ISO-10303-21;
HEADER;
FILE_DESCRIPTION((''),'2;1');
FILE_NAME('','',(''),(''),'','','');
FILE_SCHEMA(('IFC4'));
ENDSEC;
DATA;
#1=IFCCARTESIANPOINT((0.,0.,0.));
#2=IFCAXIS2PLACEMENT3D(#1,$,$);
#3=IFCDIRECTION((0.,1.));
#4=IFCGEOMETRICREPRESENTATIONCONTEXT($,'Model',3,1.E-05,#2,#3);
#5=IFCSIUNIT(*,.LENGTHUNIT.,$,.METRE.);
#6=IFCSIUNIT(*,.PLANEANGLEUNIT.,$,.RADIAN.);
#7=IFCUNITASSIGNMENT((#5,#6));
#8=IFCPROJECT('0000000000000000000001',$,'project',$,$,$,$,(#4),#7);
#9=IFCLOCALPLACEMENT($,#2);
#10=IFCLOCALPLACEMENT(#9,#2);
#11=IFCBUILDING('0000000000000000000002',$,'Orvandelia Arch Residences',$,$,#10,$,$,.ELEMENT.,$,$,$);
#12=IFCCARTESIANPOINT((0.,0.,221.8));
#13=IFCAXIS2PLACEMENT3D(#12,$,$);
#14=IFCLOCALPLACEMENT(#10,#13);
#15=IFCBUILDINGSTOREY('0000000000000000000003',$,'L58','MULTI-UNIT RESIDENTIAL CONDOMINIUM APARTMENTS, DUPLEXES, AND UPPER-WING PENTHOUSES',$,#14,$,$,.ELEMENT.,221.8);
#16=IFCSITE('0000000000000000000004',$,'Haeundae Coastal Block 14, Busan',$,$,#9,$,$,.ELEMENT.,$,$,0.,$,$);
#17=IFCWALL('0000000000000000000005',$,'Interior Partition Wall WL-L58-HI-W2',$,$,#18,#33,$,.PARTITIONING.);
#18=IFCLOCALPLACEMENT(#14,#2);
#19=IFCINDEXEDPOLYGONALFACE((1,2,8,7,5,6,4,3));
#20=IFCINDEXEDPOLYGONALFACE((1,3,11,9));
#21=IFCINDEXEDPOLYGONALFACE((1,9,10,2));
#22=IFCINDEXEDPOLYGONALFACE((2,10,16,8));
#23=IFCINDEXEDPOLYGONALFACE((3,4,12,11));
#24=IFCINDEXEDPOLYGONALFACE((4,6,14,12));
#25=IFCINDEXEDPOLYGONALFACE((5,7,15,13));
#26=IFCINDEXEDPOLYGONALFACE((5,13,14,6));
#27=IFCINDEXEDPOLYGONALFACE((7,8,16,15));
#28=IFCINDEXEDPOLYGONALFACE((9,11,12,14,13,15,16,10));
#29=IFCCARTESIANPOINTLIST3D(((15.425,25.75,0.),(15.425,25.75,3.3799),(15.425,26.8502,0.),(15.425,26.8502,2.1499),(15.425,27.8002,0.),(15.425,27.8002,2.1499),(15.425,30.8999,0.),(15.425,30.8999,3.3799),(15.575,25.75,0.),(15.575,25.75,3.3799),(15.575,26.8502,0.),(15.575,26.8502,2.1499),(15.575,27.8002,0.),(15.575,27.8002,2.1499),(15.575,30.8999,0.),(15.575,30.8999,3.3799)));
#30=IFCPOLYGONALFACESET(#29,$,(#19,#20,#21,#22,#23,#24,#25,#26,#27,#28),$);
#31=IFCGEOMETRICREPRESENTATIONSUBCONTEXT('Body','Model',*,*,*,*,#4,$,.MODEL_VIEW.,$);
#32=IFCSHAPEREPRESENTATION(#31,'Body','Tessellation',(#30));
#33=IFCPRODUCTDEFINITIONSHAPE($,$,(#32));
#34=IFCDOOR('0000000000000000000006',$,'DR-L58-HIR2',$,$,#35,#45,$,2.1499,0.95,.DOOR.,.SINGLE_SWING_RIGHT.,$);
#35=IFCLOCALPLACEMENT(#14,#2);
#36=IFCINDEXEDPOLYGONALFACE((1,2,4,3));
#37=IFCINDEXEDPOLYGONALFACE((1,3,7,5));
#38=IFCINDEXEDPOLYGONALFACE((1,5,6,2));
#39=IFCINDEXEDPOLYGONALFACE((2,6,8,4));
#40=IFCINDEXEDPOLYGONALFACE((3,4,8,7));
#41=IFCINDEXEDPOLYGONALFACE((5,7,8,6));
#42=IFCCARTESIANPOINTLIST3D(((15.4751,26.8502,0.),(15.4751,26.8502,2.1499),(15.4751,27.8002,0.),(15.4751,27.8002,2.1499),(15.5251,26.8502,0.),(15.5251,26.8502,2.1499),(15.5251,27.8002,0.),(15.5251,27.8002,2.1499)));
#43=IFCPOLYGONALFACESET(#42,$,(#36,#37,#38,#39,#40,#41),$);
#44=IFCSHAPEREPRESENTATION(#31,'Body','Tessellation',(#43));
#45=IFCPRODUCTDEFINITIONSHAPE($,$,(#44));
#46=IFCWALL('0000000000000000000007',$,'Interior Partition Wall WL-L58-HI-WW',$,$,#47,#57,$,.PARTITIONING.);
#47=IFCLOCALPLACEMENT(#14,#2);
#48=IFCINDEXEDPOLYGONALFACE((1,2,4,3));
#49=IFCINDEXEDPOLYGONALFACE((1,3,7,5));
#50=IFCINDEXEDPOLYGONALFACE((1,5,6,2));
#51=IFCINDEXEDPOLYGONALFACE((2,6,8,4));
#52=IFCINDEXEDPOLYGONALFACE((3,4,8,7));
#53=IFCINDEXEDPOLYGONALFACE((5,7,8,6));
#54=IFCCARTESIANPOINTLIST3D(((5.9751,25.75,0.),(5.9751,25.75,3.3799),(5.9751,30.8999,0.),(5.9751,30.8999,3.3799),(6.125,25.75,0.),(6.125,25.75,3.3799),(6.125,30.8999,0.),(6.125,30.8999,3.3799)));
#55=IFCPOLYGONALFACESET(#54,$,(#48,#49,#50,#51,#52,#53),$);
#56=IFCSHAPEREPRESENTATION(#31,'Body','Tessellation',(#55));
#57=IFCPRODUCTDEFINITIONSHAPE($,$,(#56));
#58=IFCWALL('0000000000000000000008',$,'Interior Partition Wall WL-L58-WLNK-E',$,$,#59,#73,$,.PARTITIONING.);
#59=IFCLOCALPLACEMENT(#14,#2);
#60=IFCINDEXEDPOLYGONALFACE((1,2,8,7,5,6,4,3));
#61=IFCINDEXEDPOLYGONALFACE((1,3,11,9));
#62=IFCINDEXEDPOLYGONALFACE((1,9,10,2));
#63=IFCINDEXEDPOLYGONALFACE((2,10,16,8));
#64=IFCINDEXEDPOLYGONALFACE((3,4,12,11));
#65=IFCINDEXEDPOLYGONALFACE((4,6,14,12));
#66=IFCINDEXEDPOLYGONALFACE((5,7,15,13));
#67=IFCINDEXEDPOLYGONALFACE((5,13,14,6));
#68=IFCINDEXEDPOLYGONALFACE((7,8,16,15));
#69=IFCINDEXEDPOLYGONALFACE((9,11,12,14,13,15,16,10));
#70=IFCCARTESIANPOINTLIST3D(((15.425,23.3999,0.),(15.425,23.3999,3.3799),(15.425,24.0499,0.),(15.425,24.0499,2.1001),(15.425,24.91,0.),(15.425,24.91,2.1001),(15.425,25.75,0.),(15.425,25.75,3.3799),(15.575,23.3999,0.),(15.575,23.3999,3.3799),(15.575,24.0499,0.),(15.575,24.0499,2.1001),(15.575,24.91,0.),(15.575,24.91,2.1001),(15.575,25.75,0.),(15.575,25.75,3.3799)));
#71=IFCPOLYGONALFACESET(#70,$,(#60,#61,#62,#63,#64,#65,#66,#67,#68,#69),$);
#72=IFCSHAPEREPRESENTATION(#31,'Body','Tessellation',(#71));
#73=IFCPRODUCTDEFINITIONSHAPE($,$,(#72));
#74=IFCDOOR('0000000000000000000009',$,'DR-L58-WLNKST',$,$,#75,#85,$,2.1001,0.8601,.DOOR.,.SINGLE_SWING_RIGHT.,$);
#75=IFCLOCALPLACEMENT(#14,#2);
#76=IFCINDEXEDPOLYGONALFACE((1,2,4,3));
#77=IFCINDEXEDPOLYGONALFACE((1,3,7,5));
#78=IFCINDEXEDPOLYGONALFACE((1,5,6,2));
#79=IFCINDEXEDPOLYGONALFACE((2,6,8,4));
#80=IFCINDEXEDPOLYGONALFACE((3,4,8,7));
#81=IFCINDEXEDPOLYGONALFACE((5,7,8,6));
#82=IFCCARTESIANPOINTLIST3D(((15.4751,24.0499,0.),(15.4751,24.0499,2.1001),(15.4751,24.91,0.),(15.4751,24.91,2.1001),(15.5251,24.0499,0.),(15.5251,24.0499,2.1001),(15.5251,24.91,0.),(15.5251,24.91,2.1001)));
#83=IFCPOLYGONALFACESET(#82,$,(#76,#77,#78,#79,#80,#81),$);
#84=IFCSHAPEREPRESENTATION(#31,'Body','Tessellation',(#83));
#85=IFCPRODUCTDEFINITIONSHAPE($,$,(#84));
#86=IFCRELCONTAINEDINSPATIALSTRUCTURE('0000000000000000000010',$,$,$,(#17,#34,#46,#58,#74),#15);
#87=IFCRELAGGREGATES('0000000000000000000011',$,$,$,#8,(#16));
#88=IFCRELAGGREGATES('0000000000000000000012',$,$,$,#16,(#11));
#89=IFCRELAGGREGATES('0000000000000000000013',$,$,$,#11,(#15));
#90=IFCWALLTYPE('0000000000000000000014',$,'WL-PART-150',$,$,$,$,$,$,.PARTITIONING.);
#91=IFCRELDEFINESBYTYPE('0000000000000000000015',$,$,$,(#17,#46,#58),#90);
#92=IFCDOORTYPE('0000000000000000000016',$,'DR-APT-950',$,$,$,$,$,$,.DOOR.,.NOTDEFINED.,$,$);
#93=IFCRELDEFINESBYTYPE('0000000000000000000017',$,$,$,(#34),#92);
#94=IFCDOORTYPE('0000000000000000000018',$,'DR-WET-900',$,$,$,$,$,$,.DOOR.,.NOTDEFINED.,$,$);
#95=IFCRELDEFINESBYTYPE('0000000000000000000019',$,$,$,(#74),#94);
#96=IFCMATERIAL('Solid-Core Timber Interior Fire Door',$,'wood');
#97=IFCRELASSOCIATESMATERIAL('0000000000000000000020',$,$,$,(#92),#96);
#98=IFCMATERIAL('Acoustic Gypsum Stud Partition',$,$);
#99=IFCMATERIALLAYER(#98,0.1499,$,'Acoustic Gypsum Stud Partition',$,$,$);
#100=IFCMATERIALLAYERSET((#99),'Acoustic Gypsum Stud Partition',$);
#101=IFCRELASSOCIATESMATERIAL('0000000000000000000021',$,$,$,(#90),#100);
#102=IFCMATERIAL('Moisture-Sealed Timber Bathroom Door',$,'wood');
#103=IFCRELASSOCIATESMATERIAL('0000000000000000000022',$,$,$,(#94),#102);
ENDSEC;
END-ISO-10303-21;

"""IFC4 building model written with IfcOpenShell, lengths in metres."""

from ifc_helpers import new_model, si_unit, direction, frame, frame_2d, origin, place, context, subcontext, project, spatial, rectangle, extrude, material, layer, layer_set, type_object, element, fill, save


model = new_model("IFC4")

# Units and contexts
model_context = context("Model", 3, precision=1e-05, world=origin(), true_north=direction((0.0, 1.0)))
body_context = subcontext(model_context, "Body", "Model", "MODEL_VIEW")
ifc_project = project(units=[si_unit("LENGTHUNIT", "METRE"), si_unit("PLANEANGLEUNIT", "RADIAN")], contexts=[model_context])

# Site, building, storey
site_placement = place(None, origin())
site = spatial("IfcSite", under=ifc_project, at=site_placement, Name="Haeundae Coastal Block 14, Busan", CompositionType="ELEMENT", RefElevation=0.0)
building_placement = place(site_placement, origin())
building = spatial("IfcBuilding", under=site, at=building_placement, Name="Orvandelia Arch Residences", CompositionType="ELEMENT")
storey_placement = place(building_placement, frame((0.0, 0.0, 221.8)))
storey = spatial("IfcBuildingStorey", under=building, at=storey_placement, Name="L58", Description="MULTI-UNIT RESIDENTIAL CONDOMINIUM APARTMENTS, DUPLEXES, AND UPPER-WING PENTHOUSES", CompositionType="ELEMENT", Elevation=221.8)

# Shared definitions
ifc_material_1 = material(Name="Solid-Core Timber Interior Fire Door", Category="wood")
door_type_1 = type_object("IfcDoorType", Name="DR-APT-950", OperationType="NOTDEFINED", PredefinedType="DOOR", material=ifc_material_1)

# Wall, opening, door
ifc_material_2 = material(Name="Acoustic Gypsum Stud Partition")
ifc_layer_1 = layer(ifc_material_2, 0.1499, Name="Acoustic Gypsum Stud Partition")
ifc_layer_set_1 = layer_set([ifc_layer_1], Name="Acoustic Gypsum Stud Partition")
wall_type_1 = type_object("IfcWallType", Name="WL-PART-150", PredefinedType="PARTITIONING", material=ifc_layer_set_1)
wall_1_placement = place(storey_placement, frame((15.5, 25.75, 0.0), z_axis=(0.0, 0.0, 1.0), x_axis=(0.0, 1.0, 0.0)))
wall_1 = element("IfcWall", 1, at=wall_1_placement, inside=storey, type_object=wall_type_1, Name="Interior Partition Wall WL-L58-HI-W2", PredefinedType="PARTITIONING", context=body_context, shape_type="SweptSolid", body=[
    extrude(rectangle(XDim=5.1499, YDim=0.1499, at=frame_2d((2.575, 0.0))), origin(), (0.0, 0.0, 1.0), 3.3799),
])
opening_1_placement = place(wall_1_placement, frame((1.1001, 0.0, 0.0)))
opening_1 = element("IfcOpeningElement", 2, at=opening_1_placement, cuts=wall_1, PredefinedType="OPENING", context=body_context, shape_type="SweptSolid", body=[
    extrude(rectangle(XDim=0.95, YDim=2.1499, at=frame_2d((0.4751, 1.075))), frame((0.0, 0.085, 0.0), z_axis=(0.0, -1.0, 0.0), x_axis=(1.0, 0.0, 0.0)), (0.0, 0.0, 1.0), 0.1699),
])
door_1_placement = place(opening_1_placement, origin())
door_1 = element("IfcDoor", 3, at=door_1_placement, inside=storey, type_object=door_type_1, Name="DR-L58-HIR2", OperationType="SINGLE_SWING_RIGHT", OverallHeight=2.1499, OverallWidth=0.95, PredefinedType="DOOR", context=body_context, shape_type="SweptSolid", body=[
    extrude(rectangle(XDim=0.95, YDim=2.1499, at=frame_2d((0.4751, 1.075))), frame((0.0, 0.0249, 0.0), z_axis=(0.0, -1.0, 0.0), x_axis=(1.0, 0.0, 0.0)), (0.0, 0.0, 1.0), 0.05),
])
fill(opening_1, door_1)

# Wall
wall_2_placement = place(storey_placement, frame((6.05, 25.75, 0.0), z_axis=(0.0, 0.0, 1.0), x_axis=(0.0, 1.0, 0.0)))
element("IfcWall", 4, at=wall_2_placement, inside=storey, type_object=wall_type_1, Name="Interior Partition Wall WL-L58-HI-WW", PredefinedType="PARTITIONING", context=body_context, shape_type="SweptSolid", body=[
    extrude(rectangle(XDim=5.1499, YDim=0.1499, at=frame_2d((2.575, 0.0))), origin(), (0.0, 0.0, 1.0), 3.3799),
])

# Wall, opening, door
wall_3_placement = place(storey_placement, frame((15.5, 23.3999, 0.0), z_axis=(0.0, 0.0, 1.0), x_axis=(0.0, 1.0, 0.0)))
wall_3 = element("IfcWall", 5, at=wall_3_placement, inside=storey, type_object=wall_type_1, Name="Interior Partition Wall WL-L58-WLNK-E", PredefinedType="PARTITIONING", context=body_context, shape_type="SweptSolid", body=[
    extrude(rectangle(XDim=2.3501, YDim=0.1499, at=frame_2d((1.175, 0.0))), origin(), (0.0, 0.0, 1.0), 3.3799),
])
opening_2_placement = place(wall_3_placement, frame((0.6499, 0.0, 0.0)))
opening_2 = element("IfcOpeningElement", 6, at=opening_2_placement, cuts=wall_3, PredefinedType="OPENING", context=body_context, shape_type="SweptSolid", body=[
    extrude(rectangle(XDim=0.8601, YDim=2.1001, at=frame_2d((0.4302, 1.05))), frame((0.0, 0.085, 0.0), z_axis=(0.0, -1.0, 0.0), x_axis=(1.0, 0.0, 0.0)), (0.0, 0.0, 1.0), 0.1699),
])
ifc_material_3 = material(Name="Moisture-Sealed Timber Bathroom Door", Category="wood")
door_type_2 = type_object("IfcDoorType", Name="DR-WET-900", OperationType="NOTDEFINED", PredefinedType="DOOR", material=ifc_material_3)
door_2_placement = place(opening_2_placement, origin())
door_2 = element("IfcDoor", 7, at=door_2_placement, inside=storey, type_object=door_type_2, Name="DR-L58-WLNKST", OperationType="SINGLE_SWING_RIGHT", OverallHeight=2.1001, OverallWidth=0.8601, PredefinedType="DOOR", context=body_context, shape_type="SweptSolid", body=[
    extrude(rectangle(XDim=0.8601, YDim=2.1001, at=frame_2d((0.4302, 1.05))), frame((0.0, 0.0249, 0.0), z_axis=(0.0, -1.0, 0.0), x_axis=(1.0, 0.0, 0.0)), (0.0, 0.0, 1.0), 0.05),
])
fill(opening_2, door_2)

save(model, "model.ifc")
